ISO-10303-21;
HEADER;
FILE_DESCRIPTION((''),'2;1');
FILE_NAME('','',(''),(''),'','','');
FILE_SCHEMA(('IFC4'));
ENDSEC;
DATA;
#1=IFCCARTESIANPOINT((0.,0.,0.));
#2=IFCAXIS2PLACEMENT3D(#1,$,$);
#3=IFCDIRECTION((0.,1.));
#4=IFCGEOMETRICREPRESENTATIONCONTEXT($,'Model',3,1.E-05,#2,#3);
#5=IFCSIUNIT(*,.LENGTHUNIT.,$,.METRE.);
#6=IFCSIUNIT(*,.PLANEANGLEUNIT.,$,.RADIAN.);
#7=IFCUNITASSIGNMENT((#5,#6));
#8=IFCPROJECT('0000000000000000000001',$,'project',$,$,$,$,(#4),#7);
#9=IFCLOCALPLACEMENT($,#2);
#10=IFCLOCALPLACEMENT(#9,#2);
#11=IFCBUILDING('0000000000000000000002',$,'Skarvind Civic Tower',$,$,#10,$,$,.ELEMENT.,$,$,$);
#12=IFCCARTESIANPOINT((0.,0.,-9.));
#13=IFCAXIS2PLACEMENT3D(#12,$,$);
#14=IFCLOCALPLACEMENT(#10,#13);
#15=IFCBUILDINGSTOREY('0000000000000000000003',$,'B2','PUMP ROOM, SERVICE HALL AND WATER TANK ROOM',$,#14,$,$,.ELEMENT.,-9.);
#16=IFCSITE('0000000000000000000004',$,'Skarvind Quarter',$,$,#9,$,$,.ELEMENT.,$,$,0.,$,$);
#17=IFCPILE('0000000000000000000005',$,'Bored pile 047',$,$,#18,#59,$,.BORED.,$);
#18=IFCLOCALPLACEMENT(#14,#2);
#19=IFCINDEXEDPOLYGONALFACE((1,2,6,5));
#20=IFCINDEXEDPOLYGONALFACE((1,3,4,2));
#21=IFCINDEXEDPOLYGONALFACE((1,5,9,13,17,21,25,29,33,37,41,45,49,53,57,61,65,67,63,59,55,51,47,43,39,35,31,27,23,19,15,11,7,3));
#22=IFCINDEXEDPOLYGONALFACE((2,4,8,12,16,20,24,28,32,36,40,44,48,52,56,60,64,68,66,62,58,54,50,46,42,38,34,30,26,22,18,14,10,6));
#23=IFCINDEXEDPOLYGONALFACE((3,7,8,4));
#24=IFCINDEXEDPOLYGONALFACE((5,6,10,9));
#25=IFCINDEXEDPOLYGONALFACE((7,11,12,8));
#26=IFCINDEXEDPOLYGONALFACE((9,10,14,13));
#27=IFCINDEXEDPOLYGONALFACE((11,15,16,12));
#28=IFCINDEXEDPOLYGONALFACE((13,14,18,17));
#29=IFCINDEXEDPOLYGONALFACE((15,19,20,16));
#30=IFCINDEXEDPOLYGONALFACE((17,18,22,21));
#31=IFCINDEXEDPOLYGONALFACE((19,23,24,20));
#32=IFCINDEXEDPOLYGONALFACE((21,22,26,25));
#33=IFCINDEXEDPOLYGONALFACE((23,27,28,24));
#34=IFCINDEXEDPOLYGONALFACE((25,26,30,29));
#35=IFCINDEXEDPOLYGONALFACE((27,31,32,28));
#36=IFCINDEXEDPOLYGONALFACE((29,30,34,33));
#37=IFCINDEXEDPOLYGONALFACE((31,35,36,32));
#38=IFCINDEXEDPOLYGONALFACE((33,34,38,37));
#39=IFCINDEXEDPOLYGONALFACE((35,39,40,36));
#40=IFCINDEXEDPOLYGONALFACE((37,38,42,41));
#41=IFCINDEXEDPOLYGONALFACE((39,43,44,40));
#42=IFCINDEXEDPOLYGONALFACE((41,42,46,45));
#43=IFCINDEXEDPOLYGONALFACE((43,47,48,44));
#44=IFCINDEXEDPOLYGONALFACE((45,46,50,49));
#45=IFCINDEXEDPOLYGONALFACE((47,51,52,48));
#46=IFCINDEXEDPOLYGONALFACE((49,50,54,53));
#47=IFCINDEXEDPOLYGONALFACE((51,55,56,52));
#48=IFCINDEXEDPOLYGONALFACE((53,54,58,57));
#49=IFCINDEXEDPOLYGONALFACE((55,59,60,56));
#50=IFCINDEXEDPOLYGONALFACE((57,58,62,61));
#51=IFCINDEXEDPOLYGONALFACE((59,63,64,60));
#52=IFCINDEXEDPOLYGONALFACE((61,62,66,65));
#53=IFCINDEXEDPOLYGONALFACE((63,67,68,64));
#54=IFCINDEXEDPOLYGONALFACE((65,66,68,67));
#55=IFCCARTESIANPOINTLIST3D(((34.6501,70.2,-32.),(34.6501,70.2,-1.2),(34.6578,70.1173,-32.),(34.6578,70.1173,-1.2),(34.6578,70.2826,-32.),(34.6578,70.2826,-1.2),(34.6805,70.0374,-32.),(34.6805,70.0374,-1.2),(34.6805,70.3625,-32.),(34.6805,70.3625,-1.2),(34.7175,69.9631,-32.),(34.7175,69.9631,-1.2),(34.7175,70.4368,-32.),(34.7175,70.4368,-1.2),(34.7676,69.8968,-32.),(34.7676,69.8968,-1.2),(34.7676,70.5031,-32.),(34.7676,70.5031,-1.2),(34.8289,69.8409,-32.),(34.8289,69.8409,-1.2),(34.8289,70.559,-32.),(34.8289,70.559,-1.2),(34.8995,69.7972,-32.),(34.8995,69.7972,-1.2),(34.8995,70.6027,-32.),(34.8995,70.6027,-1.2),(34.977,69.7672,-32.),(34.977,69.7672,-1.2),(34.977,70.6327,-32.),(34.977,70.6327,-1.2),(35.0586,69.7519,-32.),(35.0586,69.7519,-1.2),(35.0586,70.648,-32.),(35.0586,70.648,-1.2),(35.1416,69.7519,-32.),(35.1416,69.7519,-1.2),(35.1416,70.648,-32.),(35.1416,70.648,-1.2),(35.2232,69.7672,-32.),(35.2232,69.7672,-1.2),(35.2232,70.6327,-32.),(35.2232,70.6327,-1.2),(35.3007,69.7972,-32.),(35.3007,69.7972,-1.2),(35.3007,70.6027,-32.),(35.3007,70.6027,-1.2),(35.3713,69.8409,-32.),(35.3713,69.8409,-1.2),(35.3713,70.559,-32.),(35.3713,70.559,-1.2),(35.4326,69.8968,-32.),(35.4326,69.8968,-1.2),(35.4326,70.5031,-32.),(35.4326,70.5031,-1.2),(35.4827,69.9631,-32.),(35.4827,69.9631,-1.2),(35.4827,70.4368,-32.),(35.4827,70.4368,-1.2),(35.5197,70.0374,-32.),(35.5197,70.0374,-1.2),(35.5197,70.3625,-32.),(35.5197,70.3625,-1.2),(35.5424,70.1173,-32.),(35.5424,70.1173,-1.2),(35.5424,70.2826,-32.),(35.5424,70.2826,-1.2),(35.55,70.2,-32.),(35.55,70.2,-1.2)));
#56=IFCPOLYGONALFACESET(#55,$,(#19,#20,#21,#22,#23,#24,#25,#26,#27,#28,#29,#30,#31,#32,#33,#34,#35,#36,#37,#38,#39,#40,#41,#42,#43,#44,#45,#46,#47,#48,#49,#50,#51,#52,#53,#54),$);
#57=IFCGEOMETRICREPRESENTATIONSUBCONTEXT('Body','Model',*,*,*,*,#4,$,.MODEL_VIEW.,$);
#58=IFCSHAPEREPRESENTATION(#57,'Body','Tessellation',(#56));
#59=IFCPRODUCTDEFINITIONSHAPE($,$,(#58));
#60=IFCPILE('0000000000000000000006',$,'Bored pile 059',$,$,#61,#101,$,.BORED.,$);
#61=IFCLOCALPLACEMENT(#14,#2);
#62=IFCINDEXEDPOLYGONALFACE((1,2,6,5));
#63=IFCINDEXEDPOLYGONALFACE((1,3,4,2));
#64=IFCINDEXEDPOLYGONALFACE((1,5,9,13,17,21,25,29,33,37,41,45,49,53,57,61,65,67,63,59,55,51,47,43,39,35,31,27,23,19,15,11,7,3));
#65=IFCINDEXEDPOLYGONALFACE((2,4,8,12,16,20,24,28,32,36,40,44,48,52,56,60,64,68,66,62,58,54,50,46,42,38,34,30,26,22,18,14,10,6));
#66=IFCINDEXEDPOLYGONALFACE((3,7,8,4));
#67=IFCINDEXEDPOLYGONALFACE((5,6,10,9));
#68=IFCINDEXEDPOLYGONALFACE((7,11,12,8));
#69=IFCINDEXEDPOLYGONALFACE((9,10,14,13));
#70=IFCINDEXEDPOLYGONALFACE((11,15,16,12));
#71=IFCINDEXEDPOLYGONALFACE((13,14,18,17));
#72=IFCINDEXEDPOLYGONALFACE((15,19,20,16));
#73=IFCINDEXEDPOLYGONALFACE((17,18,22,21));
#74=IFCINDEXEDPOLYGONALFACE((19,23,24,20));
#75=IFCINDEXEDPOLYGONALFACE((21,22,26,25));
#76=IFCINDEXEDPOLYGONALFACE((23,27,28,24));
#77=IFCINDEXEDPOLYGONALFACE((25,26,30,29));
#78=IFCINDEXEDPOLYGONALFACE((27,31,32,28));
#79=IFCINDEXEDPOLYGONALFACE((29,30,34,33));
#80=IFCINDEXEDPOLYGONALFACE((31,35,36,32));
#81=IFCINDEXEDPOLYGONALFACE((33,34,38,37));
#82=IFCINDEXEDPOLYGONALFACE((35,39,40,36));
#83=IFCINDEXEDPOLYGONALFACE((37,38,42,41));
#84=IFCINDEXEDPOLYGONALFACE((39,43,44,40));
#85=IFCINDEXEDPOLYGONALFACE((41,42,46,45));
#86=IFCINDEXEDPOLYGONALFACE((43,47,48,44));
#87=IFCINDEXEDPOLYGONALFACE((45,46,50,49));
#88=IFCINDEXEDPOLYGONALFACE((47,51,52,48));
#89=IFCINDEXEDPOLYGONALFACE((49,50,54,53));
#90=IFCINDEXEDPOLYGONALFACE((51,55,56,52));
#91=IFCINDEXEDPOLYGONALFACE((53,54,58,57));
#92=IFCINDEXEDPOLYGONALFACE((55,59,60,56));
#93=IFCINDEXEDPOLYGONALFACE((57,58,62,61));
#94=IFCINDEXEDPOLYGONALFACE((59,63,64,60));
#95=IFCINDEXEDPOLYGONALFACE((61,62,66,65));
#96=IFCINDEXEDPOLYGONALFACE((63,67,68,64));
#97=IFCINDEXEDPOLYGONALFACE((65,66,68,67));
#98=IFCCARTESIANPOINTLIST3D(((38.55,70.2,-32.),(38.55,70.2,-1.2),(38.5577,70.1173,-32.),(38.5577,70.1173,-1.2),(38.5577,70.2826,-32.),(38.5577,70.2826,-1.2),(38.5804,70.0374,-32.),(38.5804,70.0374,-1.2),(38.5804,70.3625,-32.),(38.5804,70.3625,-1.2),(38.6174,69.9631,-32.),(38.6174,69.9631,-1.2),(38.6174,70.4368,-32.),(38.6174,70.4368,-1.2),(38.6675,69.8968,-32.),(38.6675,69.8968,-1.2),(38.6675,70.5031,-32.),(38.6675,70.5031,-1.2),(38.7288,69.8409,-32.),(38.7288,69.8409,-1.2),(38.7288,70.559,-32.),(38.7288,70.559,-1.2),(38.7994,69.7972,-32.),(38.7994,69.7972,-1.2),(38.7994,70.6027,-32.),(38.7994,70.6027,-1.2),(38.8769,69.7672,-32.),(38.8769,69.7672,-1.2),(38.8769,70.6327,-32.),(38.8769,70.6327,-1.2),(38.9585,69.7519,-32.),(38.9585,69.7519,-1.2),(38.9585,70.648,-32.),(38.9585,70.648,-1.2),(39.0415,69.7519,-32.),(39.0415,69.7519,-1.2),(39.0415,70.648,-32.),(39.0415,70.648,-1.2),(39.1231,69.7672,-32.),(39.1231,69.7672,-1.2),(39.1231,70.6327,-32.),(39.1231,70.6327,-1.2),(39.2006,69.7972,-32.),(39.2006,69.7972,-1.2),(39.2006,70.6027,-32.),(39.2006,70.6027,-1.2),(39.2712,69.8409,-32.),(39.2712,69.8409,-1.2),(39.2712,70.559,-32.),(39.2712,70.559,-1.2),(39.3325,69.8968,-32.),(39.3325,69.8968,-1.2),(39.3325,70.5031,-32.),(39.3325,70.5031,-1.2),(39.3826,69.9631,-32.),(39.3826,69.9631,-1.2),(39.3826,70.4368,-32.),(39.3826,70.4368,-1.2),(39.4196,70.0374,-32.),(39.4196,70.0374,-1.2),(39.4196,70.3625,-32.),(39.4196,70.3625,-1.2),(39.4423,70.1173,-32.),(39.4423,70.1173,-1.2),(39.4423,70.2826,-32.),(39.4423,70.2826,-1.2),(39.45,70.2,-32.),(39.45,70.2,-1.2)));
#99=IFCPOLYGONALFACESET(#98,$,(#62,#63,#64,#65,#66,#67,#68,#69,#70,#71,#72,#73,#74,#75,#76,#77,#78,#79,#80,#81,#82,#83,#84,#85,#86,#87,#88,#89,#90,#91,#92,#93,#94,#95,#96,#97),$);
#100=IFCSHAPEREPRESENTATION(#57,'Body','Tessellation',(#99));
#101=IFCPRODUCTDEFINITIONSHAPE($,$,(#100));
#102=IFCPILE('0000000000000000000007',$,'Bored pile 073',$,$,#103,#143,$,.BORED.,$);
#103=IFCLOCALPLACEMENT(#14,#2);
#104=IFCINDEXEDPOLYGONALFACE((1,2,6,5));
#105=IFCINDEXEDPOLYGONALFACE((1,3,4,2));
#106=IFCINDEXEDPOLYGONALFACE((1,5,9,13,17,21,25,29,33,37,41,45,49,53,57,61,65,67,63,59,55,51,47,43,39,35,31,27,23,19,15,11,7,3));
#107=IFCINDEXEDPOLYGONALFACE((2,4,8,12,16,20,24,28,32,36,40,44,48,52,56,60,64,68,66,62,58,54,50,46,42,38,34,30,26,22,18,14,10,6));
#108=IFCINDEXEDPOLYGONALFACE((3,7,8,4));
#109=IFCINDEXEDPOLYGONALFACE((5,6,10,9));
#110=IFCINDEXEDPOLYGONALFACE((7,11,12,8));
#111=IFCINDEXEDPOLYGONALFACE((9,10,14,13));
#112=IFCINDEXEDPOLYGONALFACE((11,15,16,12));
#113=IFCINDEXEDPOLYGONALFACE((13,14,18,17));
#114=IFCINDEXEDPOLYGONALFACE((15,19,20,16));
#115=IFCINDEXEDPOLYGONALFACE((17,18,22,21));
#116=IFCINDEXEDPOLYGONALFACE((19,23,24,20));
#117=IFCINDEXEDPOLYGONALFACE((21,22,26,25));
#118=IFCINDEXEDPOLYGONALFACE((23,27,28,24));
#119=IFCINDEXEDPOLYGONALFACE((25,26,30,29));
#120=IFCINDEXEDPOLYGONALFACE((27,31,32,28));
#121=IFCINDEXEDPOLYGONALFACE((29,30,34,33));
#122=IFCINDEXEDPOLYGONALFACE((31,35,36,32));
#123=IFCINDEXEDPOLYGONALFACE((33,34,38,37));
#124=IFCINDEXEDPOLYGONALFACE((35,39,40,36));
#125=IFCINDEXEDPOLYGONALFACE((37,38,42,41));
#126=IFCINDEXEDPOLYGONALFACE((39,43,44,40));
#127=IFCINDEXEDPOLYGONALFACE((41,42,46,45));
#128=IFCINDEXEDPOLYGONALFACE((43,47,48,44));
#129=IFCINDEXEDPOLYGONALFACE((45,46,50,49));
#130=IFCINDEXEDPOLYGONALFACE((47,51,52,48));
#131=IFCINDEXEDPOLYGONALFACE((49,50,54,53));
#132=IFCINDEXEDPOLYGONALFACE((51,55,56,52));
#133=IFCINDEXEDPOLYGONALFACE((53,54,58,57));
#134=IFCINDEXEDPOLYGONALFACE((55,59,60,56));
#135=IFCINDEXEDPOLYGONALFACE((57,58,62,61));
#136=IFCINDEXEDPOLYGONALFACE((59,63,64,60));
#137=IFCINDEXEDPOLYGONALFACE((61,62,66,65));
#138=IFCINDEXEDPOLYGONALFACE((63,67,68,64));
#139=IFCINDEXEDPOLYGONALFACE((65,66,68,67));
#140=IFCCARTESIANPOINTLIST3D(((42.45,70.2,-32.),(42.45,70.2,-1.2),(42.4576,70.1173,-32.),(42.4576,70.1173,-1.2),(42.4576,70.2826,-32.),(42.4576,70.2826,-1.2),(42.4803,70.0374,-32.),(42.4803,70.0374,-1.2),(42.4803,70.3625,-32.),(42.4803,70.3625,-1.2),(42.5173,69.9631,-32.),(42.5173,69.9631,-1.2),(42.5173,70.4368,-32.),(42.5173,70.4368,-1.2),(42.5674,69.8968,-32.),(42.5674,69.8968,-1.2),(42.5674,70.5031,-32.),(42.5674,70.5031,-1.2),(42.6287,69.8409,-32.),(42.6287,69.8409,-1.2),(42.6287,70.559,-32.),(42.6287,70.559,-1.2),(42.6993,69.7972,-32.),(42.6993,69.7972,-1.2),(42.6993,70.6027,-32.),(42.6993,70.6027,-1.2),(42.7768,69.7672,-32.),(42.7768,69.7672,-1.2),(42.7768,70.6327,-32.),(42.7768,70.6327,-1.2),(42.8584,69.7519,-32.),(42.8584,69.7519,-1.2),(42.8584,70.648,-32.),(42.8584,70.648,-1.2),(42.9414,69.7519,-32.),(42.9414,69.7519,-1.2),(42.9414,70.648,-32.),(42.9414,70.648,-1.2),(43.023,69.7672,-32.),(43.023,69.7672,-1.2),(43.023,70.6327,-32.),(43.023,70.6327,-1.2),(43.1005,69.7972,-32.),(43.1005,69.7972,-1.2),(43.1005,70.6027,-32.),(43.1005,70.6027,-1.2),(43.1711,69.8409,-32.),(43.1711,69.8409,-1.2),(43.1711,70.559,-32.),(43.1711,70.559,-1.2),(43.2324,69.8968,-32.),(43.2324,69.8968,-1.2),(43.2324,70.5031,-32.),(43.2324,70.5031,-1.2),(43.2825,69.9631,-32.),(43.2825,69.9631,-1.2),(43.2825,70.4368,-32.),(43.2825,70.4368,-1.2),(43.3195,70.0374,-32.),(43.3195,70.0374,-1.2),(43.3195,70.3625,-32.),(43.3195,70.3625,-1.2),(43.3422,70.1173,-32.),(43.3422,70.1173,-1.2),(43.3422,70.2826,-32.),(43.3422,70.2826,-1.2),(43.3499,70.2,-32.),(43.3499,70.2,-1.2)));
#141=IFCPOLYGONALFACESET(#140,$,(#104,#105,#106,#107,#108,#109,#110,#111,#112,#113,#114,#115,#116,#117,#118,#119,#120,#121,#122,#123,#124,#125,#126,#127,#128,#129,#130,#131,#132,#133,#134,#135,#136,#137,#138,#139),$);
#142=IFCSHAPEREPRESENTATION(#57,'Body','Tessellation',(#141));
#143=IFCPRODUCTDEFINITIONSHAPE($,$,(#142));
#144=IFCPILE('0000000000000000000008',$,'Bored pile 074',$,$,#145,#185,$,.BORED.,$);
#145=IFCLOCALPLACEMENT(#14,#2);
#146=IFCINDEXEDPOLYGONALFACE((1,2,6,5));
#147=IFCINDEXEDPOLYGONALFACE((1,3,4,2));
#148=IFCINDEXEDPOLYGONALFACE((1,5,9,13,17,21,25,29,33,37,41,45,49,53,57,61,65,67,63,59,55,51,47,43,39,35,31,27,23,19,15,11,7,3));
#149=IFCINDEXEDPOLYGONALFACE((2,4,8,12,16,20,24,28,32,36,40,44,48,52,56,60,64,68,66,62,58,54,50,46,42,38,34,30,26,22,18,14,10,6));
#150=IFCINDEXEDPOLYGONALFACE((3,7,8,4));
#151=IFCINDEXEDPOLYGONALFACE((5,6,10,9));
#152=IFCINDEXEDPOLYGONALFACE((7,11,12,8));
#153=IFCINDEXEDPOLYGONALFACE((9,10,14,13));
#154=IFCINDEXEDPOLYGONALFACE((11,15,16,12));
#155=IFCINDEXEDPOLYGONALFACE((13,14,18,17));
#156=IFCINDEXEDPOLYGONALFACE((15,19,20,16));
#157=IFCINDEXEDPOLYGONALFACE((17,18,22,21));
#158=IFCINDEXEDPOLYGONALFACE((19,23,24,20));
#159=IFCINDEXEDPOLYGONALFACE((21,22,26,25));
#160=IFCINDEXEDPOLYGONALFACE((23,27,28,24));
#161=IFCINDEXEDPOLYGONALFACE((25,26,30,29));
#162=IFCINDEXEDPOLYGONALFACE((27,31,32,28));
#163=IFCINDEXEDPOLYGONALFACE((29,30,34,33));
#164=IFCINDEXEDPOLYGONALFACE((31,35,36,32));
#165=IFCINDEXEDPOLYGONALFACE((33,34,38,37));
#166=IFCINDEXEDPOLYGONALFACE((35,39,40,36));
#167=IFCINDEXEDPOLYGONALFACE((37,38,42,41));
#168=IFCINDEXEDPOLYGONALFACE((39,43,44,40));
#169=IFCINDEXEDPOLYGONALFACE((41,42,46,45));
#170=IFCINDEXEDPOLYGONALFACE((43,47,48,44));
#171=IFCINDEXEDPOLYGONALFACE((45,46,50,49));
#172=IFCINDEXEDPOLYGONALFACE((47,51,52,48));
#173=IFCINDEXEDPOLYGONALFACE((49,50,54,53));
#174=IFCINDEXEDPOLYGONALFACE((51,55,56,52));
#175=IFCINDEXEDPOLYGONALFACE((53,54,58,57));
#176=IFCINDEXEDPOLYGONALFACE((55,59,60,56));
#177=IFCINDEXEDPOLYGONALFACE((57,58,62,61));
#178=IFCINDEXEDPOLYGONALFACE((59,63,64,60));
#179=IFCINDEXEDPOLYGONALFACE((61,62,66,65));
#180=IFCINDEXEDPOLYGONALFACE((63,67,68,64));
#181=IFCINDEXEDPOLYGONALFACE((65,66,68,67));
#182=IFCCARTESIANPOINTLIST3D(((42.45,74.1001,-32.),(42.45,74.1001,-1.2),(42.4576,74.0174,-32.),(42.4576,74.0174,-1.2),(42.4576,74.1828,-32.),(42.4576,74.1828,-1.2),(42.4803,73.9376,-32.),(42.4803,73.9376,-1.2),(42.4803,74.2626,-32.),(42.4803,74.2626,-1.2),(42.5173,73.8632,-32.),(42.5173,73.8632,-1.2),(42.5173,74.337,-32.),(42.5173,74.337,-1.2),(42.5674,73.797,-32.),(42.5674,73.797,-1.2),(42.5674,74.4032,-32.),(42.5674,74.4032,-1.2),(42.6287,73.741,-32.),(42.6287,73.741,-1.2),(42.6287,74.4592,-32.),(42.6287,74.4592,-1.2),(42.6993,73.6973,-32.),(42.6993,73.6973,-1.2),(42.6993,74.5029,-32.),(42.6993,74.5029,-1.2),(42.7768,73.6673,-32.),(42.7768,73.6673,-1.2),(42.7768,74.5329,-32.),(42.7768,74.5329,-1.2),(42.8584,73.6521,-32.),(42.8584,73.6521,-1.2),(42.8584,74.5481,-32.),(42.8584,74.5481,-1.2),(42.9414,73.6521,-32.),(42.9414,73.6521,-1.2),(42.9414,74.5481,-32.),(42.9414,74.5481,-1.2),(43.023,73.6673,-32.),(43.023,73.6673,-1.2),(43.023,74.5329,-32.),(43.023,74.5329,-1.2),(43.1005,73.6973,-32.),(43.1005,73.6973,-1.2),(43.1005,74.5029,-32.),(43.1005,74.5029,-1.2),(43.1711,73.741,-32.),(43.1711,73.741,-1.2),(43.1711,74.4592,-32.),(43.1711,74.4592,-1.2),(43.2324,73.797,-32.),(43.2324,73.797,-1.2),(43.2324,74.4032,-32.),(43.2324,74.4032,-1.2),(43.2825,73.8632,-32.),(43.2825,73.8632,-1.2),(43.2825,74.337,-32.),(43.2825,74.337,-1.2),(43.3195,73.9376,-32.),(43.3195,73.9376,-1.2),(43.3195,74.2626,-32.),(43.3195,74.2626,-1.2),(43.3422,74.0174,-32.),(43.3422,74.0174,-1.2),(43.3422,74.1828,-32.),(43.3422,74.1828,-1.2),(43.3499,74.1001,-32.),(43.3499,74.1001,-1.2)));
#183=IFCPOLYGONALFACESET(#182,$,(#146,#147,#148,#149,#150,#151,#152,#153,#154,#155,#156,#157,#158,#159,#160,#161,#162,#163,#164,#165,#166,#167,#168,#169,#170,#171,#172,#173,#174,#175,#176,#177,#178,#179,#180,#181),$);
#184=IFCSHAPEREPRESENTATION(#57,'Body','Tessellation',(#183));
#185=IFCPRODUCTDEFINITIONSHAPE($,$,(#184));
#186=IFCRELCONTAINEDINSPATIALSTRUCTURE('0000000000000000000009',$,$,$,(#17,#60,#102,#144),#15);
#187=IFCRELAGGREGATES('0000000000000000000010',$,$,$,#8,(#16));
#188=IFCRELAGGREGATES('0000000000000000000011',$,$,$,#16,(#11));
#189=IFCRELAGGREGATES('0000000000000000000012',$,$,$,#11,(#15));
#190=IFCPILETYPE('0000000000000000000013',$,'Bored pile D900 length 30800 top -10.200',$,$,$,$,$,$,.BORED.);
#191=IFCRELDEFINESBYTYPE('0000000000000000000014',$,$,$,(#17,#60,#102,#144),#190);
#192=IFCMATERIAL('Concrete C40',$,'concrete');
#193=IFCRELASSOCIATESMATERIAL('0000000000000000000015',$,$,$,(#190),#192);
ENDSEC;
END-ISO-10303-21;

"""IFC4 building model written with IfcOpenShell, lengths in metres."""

from ifc_helpers import new_model, si_unit, direction, frame, origin, origin_2d, place, context, subcontext, project, spatial, circle, extrude, material, type_object, element, save


model = new_model("IFC4")

# Units and contexts
model_context = context("Model", 3, precision=1e-05, world=origin(), true_north=direction((0.0, 1.0)))
body_context = subcontext(model_context, "Body", "Model", "MODEL_VIEW")
ifc_project = project(units=[si_unit("LENGTHUNIT", "METRE"), si_unit("PLANEANGLEUNIT", "RADIAN")], contexts=[model_context])

# Site, building, storey
site_placement = place(None, origin())
site = spatial("IfcSite", under=ifc_project, at=site_placement, Name="Skarvind Quarter", CompositionType="ELEMENT", RefElevation=0.0)
building_placement = place(site_placement, origin())
building = spatial("IfcBuilding", under=site, at=building_placement, Name="Skarvind Civic Tower", CompositionType="ELEMENT")
storey_placement = place(building_placement, frame((0.0, 0.0, -9.0)))
storey = spatial("IfcBuildingStorey", under=building, at=storey_placement, Name="B2", Description="PUMP ROOM, SERVICE HALL AND WATER TANK ROOM", CompositionType="ELEMENT", Elevation=-9.0)

# Piles
ifc_material_1 = material(Name="Concrete C40", Category="concrete")
pile_type = type_object("IfcPileType", Name="Bored pile D900 length 30800 top -10.200", PredefinedType="BORED", material=ifc_material_1)
for number, where, z_axis, x_axis, name in (
    (1, (35.1001, 70.2, -1.2), (0.0, 0.0, -1.0), (1.0, 0.0, 0.0), "Bored pile 047"),
    (2, (39.0, 70.2, -1.2), (0.0, 0.0, -1.0), (1.0, 0.0, 0.0), "Bored pile 059"),
    (3, (42.8999, 70.2, -1.2), (0.0, 0.0, -1.0), (1.0, 0.0, 0.0), "Bored pile 073"),
    (4, (42.8999, 74.1001, -1.2), (0.0, 0.0, -1.0), (1.0, 0.0, 0.0), "Bored pile 074"),
):
    element("IfcPile", number, at=place(storey_placement, frame(where, z_axis=z_axis, x_axis=x_axis)), inside=storey, type_object=pile_type, Name=name, PredefinedType="BORED", context=body_context, shape_type="SweptSolid", body=[
        extrude(circle(Radius=0.45, at=origin_2d()), origin(), (0.0, 0.0, 1.0), 30.8),
    ])

save(model, "model.ifc")
